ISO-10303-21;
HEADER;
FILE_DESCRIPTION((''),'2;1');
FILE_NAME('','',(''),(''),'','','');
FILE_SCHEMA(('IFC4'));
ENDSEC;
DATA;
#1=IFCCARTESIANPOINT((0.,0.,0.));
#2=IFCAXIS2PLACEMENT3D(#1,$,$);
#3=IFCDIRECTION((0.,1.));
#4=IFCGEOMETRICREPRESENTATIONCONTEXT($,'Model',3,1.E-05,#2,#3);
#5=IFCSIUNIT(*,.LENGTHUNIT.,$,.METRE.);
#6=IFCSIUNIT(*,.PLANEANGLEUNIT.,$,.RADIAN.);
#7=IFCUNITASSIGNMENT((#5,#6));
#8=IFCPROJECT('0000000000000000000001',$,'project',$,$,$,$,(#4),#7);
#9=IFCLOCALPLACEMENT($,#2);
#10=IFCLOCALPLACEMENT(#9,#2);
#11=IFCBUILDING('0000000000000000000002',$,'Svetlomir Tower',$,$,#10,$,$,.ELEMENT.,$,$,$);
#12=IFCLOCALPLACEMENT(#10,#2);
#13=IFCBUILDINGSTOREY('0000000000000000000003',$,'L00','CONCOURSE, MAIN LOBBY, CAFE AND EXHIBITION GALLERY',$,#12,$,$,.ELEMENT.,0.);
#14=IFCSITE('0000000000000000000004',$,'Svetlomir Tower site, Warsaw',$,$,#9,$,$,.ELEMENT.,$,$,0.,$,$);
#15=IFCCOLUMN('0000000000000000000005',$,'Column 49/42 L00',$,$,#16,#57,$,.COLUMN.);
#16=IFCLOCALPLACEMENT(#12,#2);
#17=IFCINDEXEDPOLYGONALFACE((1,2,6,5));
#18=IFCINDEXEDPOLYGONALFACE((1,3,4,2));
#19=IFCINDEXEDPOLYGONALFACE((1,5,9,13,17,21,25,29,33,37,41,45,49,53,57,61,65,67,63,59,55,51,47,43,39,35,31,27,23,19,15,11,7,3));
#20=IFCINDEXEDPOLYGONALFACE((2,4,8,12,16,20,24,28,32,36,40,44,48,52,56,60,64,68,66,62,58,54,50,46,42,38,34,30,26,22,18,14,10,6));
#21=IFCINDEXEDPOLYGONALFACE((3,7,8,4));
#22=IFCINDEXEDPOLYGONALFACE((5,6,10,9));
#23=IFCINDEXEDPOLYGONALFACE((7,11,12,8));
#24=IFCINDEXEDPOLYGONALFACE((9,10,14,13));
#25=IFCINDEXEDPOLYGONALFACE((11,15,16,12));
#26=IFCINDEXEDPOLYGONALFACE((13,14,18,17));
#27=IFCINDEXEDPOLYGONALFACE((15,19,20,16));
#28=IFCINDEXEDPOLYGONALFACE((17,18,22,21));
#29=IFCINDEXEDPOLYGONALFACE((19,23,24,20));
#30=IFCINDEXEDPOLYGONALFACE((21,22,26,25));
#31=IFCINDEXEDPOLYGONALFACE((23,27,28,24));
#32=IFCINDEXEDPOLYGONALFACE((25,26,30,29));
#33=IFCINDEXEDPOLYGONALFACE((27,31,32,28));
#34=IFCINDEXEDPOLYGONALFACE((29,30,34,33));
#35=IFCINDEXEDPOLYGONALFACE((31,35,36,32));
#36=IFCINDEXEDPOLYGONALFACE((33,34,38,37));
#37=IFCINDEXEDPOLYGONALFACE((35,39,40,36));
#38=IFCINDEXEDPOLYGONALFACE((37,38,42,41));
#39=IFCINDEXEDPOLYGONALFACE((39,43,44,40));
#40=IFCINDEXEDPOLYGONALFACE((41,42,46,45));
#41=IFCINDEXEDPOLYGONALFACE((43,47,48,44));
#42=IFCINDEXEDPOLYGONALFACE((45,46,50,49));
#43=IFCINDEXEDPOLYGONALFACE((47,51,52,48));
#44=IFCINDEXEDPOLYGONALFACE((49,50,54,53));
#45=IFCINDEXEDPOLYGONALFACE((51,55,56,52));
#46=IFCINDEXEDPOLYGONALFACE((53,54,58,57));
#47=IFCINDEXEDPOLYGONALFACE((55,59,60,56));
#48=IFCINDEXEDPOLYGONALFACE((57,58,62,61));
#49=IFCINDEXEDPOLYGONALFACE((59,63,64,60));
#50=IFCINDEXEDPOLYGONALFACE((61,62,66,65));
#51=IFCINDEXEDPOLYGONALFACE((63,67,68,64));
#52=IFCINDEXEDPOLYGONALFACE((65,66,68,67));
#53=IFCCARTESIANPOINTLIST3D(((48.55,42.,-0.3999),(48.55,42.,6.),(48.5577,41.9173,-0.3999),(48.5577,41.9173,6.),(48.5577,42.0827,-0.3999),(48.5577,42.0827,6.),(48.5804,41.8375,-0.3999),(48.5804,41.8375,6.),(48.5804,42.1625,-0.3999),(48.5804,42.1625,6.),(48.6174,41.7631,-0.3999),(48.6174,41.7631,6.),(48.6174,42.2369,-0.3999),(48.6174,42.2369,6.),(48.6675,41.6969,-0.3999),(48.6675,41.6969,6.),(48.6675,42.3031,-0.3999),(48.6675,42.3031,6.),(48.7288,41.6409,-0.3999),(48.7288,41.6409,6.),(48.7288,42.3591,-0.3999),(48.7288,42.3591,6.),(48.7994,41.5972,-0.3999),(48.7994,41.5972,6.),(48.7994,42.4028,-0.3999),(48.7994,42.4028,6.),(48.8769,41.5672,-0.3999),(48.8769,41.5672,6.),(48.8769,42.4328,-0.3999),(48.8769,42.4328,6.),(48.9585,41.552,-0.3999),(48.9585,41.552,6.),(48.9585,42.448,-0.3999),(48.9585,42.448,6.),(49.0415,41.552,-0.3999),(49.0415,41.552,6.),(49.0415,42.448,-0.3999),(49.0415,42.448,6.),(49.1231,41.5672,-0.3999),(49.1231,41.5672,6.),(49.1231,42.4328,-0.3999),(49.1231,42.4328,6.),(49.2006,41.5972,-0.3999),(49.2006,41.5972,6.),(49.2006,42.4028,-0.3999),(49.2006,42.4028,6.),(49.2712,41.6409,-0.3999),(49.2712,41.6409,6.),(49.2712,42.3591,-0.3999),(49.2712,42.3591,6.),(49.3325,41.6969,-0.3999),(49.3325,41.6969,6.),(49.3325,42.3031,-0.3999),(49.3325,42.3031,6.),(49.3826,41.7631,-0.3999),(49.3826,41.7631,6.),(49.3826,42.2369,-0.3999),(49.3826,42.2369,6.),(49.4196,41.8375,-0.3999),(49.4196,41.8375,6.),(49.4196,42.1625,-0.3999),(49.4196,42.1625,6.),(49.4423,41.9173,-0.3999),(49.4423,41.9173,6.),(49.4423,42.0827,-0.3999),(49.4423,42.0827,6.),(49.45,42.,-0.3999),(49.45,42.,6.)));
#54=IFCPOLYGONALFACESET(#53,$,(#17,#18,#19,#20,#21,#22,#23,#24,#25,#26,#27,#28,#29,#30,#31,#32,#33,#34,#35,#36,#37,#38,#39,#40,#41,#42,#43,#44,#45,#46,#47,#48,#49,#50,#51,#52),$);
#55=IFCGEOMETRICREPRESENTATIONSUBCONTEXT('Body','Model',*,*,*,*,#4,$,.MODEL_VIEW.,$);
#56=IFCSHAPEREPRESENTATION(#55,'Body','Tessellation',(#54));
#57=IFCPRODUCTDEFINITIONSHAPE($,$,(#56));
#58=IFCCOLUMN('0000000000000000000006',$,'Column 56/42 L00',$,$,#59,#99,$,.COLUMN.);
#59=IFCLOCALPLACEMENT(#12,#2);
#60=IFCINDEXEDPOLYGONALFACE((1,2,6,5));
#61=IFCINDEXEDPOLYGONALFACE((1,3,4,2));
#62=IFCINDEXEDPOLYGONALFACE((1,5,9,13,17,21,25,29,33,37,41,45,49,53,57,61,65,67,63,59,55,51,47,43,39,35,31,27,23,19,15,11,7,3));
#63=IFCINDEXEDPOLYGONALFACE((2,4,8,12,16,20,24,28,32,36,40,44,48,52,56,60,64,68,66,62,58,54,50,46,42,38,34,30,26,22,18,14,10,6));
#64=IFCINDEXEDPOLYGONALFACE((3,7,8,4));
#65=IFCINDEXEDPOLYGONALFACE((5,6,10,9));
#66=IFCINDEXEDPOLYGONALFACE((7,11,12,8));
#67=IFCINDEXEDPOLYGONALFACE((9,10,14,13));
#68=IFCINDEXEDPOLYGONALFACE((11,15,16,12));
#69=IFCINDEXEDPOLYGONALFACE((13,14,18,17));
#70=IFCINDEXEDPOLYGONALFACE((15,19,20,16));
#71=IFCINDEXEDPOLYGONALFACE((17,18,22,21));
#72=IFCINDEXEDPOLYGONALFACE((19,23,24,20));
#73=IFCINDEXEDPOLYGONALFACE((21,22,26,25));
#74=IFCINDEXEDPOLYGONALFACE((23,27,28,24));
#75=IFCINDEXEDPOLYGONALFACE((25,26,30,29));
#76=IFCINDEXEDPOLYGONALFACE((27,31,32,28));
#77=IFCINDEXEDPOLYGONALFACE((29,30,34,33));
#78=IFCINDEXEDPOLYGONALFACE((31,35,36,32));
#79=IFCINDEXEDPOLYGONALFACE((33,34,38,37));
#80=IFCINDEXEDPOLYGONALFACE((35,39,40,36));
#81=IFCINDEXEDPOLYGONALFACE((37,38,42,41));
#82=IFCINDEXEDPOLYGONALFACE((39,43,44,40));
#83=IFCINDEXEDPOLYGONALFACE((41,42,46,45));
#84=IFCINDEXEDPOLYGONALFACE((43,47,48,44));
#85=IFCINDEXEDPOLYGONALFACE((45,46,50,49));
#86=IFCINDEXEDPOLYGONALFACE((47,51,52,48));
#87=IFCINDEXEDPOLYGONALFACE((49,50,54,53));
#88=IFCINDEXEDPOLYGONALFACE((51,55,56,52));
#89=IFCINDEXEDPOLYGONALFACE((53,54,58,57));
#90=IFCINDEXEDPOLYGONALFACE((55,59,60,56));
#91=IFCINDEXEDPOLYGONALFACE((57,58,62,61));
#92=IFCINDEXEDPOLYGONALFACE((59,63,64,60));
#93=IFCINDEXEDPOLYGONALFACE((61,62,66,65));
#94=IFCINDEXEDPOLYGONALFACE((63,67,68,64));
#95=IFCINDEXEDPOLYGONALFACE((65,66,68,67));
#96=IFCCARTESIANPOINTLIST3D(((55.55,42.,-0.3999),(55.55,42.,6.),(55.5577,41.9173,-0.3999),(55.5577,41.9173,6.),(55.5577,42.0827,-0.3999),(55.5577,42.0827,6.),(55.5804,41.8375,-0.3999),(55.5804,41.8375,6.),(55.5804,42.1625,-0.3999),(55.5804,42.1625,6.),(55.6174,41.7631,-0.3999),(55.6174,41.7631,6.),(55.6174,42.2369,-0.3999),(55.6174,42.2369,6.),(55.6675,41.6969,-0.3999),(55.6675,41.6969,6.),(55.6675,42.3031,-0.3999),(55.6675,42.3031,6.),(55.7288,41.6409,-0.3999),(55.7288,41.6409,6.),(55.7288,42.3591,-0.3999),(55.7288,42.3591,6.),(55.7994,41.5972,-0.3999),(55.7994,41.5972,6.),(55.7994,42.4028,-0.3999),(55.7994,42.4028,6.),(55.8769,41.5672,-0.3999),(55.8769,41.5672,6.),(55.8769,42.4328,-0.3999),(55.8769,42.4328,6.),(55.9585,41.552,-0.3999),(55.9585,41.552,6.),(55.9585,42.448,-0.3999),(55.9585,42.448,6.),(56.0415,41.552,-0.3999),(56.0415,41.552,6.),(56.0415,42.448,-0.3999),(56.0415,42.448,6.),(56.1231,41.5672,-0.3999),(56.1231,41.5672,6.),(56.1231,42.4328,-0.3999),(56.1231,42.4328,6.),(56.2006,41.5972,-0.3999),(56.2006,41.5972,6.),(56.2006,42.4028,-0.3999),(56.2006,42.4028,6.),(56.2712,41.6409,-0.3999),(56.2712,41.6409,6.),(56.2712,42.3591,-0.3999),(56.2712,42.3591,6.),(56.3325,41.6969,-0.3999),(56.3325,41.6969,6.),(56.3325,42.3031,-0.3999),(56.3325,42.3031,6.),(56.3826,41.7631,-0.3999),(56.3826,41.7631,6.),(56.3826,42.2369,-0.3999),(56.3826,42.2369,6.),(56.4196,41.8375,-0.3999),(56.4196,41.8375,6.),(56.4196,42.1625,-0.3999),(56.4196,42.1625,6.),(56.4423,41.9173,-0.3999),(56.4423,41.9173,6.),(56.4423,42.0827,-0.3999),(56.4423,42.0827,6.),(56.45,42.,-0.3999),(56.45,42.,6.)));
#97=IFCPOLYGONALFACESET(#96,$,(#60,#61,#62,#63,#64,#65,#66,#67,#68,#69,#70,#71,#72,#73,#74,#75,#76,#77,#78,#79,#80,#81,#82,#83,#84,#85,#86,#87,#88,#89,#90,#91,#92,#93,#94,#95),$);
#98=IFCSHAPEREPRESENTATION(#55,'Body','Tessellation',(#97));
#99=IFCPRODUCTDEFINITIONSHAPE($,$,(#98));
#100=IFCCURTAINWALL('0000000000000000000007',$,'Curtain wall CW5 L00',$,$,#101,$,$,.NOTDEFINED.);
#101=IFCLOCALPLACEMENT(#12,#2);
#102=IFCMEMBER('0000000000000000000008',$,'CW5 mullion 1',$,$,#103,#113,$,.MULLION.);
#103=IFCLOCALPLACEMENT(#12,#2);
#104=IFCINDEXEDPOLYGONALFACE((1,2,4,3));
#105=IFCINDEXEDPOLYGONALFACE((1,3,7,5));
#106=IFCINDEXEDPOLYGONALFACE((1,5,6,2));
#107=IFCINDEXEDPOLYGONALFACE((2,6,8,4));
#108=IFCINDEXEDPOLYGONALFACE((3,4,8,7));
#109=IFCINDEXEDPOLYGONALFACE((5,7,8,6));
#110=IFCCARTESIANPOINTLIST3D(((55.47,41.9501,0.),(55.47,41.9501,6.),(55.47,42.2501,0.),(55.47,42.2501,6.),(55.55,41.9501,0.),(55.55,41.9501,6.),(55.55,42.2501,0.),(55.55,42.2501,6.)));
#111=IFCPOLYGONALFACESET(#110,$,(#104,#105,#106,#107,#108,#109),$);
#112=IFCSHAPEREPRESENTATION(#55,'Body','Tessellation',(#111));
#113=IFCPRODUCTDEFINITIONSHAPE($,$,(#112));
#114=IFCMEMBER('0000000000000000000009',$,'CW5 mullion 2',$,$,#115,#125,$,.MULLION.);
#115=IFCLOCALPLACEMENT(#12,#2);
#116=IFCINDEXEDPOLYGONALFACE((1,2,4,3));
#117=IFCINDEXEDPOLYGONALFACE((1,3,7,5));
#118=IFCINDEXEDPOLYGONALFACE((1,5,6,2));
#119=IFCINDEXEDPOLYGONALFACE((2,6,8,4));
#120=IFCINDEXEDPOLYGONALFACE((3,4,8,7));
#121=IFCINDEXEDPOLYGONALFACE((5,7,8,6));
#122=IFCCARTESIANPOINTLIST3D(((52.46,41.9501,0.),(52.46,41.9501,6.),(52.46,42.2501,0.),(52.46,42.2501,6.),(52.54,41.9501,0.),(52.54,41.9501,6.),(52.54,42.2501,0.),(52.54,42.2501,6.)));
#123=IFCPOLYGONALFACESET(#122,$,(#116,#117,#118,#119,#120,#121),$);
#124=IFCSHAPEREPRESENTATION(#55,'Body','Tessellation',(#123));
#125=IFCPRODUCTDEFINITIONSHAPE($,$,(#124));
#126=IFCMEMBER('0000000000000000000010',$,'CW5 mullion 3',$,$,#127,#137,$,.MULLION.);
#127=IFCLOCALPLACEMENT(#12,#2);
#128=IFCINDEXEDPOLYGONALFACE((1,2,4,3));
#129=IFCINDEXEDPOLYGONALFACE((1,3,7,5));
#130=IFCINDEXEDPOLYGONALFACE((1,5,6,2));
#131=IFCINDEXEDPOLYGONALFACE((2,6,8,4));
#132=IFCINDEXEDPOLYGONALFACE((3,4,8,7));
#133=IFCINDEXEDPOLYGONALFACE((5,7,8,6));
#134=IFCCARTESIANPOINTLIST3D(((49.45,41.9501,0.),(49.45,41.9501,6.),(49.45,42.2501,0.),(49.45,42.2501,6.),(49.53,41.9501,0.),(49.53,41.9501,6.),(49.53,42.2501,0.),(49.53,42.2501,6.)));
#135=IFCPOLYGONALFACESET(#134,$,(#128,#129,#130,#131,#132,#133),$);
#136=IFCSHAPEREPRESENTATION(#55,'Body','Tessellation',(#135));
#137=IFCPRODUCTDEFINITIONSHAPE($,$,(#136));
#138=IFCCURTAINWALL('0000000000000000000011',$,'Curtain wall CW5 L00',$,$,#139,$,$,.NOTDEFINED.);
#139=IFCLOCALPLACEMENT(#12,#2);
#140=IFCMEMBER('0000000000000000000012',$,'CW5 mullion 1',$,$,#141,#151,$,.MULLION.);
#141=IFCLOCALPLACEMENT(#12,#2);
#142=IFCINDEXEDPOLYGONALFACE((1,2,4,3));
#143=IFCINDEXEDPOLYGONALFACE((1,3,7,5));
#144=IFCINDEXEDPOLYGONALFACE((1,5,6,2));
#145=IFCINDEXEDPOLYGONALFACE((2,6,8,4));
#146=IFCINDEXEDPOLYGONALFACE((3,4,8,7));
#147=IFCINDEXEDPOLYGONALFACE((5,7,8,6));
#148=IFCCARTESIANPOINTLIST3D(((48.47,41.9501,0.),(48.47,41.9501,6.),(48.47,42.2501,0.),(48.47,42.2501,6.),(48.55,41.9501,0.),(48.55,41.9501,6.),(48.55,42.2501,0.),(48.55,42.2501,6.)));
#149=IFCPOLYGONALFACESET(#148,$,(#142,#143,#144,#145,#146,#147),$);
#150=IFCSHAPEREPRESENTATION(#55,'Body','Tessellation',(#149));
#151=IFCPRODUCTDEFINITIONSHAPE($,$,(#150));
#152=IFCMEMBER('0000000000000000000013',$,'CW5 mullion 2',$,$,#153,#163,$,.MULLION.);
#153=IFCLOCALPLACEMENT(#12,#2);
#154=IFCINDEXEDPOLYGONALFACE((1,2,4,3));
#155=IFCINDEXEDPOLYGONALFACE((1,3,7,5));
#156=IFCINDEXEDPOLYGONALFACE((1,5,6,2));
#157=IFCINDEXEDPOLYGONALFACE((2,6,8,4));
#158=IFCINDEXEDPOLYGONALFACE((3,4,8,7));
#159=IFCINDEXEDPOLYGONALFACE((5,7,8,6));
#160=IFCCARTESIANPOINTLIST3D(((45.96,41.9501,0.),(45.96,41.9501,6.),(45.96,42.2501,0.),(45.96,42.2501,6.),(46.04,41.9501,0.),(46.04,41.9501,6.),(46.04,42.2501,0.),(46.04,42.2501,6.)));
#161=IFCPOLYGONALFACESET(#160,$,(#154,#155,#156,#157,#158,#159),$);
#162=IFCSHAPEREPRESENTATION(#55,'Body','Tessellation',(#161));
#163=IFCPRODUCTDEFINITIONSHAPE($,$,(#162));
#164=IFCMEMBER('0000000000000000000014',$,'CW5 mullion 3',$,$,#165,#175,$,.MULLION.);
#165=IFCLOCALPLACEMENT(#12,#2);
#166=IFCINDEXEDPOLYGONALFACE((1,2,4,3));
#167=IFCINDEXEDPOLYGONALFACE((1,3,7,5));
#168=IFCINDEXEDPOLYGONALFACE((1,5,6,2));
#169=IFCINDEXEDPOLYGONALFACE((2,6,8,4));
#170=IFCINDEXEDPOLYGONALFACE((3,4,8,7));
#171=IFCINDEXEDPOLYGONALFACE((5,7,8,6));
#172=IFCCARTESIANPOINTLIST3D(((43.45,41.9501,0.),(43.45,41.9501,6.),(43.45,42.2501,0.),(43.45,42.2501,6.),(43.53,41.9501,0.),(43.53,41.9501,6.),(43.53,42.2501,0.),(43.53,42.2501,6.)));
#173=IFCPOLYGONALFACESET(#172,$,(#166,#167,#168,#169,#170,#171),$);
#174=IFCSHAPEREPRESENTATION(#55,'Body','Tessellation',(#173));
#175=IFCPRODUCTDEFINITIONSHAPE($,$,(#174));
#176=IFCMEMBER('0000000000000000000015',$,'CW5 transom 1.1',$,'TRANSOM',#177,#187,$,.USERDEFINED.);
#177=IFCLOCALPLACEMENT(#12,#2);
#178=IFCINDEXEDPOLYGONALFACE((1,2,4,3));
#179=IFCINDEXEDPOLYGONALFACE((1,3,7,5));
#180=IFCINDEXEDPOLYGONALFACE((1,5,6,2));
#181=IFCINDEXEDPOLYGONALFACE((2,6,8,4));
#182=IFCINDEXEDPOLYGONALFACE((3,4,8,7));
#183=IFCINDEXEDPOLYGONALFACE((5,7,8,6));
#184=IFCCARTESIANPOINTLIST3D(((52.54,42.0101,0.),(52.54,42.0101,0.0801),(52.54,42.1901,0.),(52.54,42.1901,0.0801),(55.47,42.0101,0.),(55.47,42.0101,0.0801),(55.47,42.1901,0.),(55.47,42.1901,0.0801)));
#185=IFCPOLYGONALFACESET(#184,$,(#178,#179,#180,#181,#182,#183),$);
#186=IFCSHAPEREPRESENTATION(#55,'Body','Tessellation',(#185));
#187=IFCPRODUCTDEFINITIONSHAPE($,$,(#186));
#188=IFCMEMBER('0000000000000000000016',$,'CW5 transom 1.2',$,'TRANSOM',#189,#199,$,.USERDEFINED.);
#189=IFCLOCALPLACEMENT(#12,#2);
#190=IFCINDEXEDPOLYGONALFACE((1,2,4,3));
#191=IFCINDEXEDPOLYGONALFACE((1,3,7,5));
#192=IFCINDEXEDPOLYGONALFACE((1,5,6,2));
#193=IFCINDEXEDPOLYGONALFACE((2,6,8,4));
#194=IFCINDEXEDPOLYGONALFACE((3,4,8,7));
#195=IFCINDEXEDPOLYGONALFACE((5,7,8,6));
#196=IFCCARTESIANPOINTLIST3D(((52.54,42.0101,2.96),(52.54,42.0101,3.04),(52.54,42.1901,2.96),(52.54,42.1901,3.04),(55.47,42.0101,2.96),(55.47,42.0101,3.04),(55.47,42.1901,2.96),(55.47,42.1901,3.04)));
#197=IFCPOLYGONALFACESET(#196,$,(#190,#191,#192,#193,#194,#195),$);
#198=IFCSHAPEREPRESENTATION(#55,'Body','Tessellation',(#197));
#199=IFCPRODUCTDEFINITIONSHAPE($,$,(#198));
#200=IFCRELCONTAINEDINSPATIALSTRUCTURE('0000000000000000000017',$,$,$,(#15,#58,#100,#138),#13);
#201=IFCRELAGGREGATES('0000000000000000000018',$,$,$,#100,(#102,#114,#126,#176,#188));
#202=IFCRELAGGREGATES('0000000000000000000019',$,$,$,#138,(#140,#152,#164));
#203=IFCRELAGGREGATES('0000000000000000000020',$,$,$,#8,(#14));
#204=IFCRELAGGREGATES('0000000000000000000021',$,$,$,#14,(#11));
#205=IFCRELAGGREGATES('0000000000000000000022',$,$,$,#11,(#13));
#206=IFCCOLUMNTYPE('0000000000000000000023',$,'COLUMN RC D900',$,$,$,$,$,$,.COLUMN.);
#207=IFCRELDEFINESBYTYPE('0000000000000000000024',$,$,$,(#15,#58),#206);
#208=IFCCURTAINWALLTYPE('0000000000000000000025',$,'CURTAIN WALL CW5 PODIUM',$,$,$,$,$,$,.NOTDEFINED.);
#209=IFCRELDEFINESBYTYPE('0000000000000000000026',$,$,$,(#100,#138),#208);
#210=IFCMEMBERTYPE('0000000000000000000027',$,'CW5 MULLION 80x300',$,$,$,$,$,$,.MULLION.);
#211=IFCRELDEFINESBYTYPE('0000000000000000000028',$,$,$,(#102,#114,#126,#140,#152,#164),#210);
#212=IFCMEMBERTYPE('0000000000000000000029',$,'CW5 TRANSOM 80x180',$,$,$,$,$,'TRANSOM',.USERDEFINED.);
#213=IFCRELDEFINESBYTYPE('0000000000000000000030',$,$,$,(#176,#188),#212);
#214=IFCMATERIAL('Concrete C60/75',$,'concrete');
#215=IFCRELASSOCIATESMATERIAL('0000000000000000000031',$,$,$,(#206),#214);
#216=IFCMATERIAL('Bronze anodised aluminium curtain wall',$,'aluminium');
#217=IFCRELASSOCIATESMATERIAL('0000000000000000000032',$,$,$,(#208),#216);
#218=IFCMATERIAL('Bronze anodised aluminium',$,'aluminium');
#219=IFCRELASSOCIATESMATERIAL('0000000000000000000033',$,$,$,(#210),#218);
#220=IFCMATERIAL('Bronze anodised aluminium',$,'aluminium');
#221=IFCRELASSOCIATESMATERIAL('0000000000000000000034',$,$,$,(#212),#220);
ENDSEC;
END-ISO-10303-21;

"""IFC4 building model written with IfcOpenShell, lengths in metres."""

from ifc_helpers import new_model, si_unit, direction, frame, origin, origin_2d, place, context, subcontext, project, spatial, rectangle, circle, extrude, material, material_profile, profile_set, type_object, element, aggregate, save


model = new_model("IFC4")

# Units and contexts
model_context = context("Model", 3, precision=1e-05, world=origin(), true_north=direction((0.0, 1.0)))
body_context = subcontext(model_context, "Body", "Model", "MODEL_VIEW")
ifc_project = project(units=[si_unit("LENGTHUNIT", "METRE"), si_unit("PLANEANGLEUNIT", "RADIAN")], contexts=[model_context])

# Site, building, storey
site_placement = place(None, origin())
site = spatial("IfcSite", under=ifc_project, at=site_placement, Name="Svetlomir Tower site, Warsaw", CompositionType="ELEMENT", RefElevation=0.0)
building_placement = place(site_placement, origin())
building = spatial("IfcBuilding", under=site, at=building_placement, Name="Svetlomir Tower", CompositionType="ELEMENT")
storey_placement = place(building_placement, origin())
storey = spatial("IfcBuildingStorey", under=building, at=storey_placement, Name="L00", Description="CONCOURSE, MAIN LOBBY, CAFE AND EXHIBITION GALLERY", CompositionType="ELEMENT", Elevation=0.0)

# Columns
ifc_material_1 = material(Name="Concrete C60/75", Category="concrete")
ifc_material_profile_1 = material_profile(ifc_material_1, circle(Radius=0.45, at=origin_2d()), Name="RC D900")
ifc_profile_set_1 = profile_set([ifc_material_profile_1], Name="Concrete C60/75")
column_type = type_object("IfcColumnType", Name="COLUMN RC D900", PredefinedType="COLUMN", material=ifc_profile_set_1)
for number, where, z_axis, x_axis, name in (
    (1, (49.0, 42.0, -0.3999), (0.0, 0.0, 1.0), (1.0, 0.0, 0.0), "Column 49/42 L00"),
    (2, (56.0, 42.0, -0.3999), (0.0, 0.0, 1.0), (1.0, 0.0, 0.0), "Column 56/42 L00"),
):
    element("IfcColumn", number, at=place(storey_placement, frame(where, z_axis=z_axis, x_axis=x_axis)), inside=storey, type_object=column_type, Name=name, PredefinedType="COLUMN", context=body_context, shape_type="SweptSolid", body=[
        extrude(circle(Radius=0.45, at=origin_2d()), origin(), (0.0, 0.0, 1.0), 6.3999),
    ])

# Curtain walls, members
ifc_material_2 = material(Name="Bronze anodised aluminium curtain wall", Category="aluminium")
curtain_wall_type = type_object("IfcCurtainWallType", Name="CURTAIN WALL CW5 PODIUM", PredefinedType="NOTDEFINED", material=ifc_material_2)
curtain_wall_1_placement = place(storey_placement, origin())
curtain_wall_1 = element("IfcCurtainWall", 3, at=curtain_wall_1_placement, inside=storey, type_object=curtain_wall_type, Name="Curtain wall CW5 L00", PredefinedType="NOTDEFINED")
ifc_material_3 = material(Name="Bronze anodised aluminium", Category="aluminium")
ifc_material_profile_2 = material_profile(ifc_material_3, rectangle(XDim=0.0801, YDim=0.3, at=origin_2d()), Name="AL 80x300")
ifc_profile_set_2 = profile_set([ifc_material_profile_2], Name="Bronze anodised aluminium 6063-T6")
member_type_1 = type_object("IfcMemberType", Name="CW5 MULLION 80x300", PredefinedType="MULLION", material=ifc_profile_set_2)
member_1_placement = place(storey_placement, frame((55.51, 42.1001, 0.0), z_axis=(0.0, 0.0, 1.0), x_axis=(-1.0, 0.0, 0.0)))
member_1 = element("IfcMember", 4, at=member_1_placement, type_object=member_type_1, Name="CW5 mullion 1", PredefinedType="MULLION", context=body_context, shape_type="SweptSolid", body=[
    extrude(rectangle(XDim=0.0801, YDim=0.3, at=origin_2d()), origin(), (0.0, 0.0, 1.0), 6.0),
])
member_2_placement = place(storey_placement, frame((52.5, 42.1001, 0.0), z_axis=(0.0, 0.0, 1.0), x_axis=(-1.0, 0.0, 0.0)))
member_2 = element("IfcMember", 5, at=member_2_placement, type_object=member_type_1, Name="CW5 mullion 2", PredefinedType="MULLION", context=body_context, shape_type="SweptSolid", body=[
    extrude(rectangle(XDim=0.0801, YDim=0.3, at=origin_2d()), origin(), (0.0, 0.0, 1.0), 6.0),
])
member_3_placement = place(storey_placement, frame((49.49, 42.1001, 0.0), z_axis=(0.0, 0.0, 1.0), x_axis=(-1.0, 0.0, 0.0)))
member_3 = element("IfcMember", 6, at=member_3_placement, type_object=member_type_1, Name="CW5 mullion 3", PredefinedType="MULLION", context=body_context, shape_type="SweptSolid", body=[
    extrude(rectangle(XDim=0.0801, YDim=0.3, at=origin_2d()), origin(), (0.0, 0.0, 1.0), 6.0),
])
curtain_wall_2_placement = place(storey_placement, origin())
curtain_wall_2 = element("IfcCurtainWall", 7, at=curtain_wall_2_placement, inside=storey, type_object=curtain_wall_type, Name="Curtain wall CW5 L00", PredefinedType="NOTDEFINED")
member_4_placement = place(storey_placement, frame((48.51, 42.1001, 0.0), z_axis=(0.0, 0.0, 1.0), x_axis=(-1.0, 0.0, 0.0)))
member_4 = element("IfcMember", 8, at=member_4_placement, type_object=member_type_1, Name="CW5 mullion 1", PredefinedType="MULLION", context=body_context, shape_type="SweptSolid", body=[
    extrude(rectangle(XDim=0.0801, YDim=0.3, at=origin_2d()), origin(), (0.0, 0.0, 1.0), 6.0),
])
member_5_placement = place(storey_placement, frame((46.0, 42.1001, 0.0), z_axis=(0.0, 0.0, 1.0), x_axis=(-1.0, 0.0, 0.0)))
member_5 = element("IfcMember", 9, at=member_5_placement, type_object=member_type_1, Name="CW5 mullion 2", PredefinedType="MULLION", context=body_context, shape_type="SweptSolid", body=[
    extrude(rectangle(XDim=0.0801, YDim=0.3, at=origin_2d()), origin(), (0.0, 0.0, 1.0), 6.0),
])
member_6_placement = place(storey_placement, frame((43.49, 42.1001, 0.0), z_axis=(0.0, 0.0, 1.0), x_axis=(-1.0, 0.0, 0.0)))
member_6 = element("IfcMember", 10, at=member_6_placement, type_object=member_type_1, Name="CW5 mullion 3", PredefinedType="MULLION", context=body_context, shape_type="SweptSolid", body=[
    extrude(rectangle(XDim=0.0801, YDim=0.3, at=origin_2d()), origin(), (0.0, 0.0, 1.0), 6.0),
])

# Members
ifc_material_4 = material(Name="Bronze anodised aluminium", Category="aluminium")
ifc_material_profile_3 = material_profile(ifc_material_4, rectangle(XDim=0.1799, YDim=0.0801, at=origin_2d()), Name="AL 180x80")
ifc_profile_set_3 = profile_set([ifc_material_profile_3], Name="Bronze anodised aluminium 6063-T6")
member_type_2 = type_object("IfcMemberType", Name="CW5 TRANSOM 80x180", ElementType="TRANSOM", PredefinedType="USERDEFINED", material=ifc_profile_set_3)
member_7_placement = place(storey_placement, frame((55.47, 42.1001, 0.04), z_axis=(-1.0, 0.0, 0.0), x_axis=(0.0, -1.0, 0.0)))
member_7 = element("IfcMember", 11, at=member_7_placement, type_object=member_type_2, Name="CW5 transom 1.1", ObjectType="TRANSOM", PredefinedType="USERDEFINED", context=body_context, shape_type="SweptSolid", body=[
    extrude(rectangle(XDim=0.1799, YDim=0.0801, at=origin_2d()), origin(), (0.0, 0.0, 1.0), 2.9299),
])
member_8_placement = place(storey_placement, frame((55.47, 42.1001, 3.0), z_axis=(-1.0, 0.0, 0.0), x_axis=(0.0, -1.0, 0.0)))
member_8 = element("IfcMember", 12, at=member_8_placement, type_object=member_type_2, Name="CW5 transom 1.2", ObjectType="TRANSOM", PredefinedType="USERDEFINED", context=body_context, shape_type="SweptSolid", body=[
    extrude(rectangle(XDim=0.1799, YDim=0.0801, at=origin_2d()), origin(), (0.0, 0.0, 1.0), 2.9299),
])

aggregate(curtain_wall_1, [member_1, member_2, member_3, member_7, member_8])
aggregate(curtain_wall_2, [member_4, member_5, member_6])

save(model, "model.ifc")
